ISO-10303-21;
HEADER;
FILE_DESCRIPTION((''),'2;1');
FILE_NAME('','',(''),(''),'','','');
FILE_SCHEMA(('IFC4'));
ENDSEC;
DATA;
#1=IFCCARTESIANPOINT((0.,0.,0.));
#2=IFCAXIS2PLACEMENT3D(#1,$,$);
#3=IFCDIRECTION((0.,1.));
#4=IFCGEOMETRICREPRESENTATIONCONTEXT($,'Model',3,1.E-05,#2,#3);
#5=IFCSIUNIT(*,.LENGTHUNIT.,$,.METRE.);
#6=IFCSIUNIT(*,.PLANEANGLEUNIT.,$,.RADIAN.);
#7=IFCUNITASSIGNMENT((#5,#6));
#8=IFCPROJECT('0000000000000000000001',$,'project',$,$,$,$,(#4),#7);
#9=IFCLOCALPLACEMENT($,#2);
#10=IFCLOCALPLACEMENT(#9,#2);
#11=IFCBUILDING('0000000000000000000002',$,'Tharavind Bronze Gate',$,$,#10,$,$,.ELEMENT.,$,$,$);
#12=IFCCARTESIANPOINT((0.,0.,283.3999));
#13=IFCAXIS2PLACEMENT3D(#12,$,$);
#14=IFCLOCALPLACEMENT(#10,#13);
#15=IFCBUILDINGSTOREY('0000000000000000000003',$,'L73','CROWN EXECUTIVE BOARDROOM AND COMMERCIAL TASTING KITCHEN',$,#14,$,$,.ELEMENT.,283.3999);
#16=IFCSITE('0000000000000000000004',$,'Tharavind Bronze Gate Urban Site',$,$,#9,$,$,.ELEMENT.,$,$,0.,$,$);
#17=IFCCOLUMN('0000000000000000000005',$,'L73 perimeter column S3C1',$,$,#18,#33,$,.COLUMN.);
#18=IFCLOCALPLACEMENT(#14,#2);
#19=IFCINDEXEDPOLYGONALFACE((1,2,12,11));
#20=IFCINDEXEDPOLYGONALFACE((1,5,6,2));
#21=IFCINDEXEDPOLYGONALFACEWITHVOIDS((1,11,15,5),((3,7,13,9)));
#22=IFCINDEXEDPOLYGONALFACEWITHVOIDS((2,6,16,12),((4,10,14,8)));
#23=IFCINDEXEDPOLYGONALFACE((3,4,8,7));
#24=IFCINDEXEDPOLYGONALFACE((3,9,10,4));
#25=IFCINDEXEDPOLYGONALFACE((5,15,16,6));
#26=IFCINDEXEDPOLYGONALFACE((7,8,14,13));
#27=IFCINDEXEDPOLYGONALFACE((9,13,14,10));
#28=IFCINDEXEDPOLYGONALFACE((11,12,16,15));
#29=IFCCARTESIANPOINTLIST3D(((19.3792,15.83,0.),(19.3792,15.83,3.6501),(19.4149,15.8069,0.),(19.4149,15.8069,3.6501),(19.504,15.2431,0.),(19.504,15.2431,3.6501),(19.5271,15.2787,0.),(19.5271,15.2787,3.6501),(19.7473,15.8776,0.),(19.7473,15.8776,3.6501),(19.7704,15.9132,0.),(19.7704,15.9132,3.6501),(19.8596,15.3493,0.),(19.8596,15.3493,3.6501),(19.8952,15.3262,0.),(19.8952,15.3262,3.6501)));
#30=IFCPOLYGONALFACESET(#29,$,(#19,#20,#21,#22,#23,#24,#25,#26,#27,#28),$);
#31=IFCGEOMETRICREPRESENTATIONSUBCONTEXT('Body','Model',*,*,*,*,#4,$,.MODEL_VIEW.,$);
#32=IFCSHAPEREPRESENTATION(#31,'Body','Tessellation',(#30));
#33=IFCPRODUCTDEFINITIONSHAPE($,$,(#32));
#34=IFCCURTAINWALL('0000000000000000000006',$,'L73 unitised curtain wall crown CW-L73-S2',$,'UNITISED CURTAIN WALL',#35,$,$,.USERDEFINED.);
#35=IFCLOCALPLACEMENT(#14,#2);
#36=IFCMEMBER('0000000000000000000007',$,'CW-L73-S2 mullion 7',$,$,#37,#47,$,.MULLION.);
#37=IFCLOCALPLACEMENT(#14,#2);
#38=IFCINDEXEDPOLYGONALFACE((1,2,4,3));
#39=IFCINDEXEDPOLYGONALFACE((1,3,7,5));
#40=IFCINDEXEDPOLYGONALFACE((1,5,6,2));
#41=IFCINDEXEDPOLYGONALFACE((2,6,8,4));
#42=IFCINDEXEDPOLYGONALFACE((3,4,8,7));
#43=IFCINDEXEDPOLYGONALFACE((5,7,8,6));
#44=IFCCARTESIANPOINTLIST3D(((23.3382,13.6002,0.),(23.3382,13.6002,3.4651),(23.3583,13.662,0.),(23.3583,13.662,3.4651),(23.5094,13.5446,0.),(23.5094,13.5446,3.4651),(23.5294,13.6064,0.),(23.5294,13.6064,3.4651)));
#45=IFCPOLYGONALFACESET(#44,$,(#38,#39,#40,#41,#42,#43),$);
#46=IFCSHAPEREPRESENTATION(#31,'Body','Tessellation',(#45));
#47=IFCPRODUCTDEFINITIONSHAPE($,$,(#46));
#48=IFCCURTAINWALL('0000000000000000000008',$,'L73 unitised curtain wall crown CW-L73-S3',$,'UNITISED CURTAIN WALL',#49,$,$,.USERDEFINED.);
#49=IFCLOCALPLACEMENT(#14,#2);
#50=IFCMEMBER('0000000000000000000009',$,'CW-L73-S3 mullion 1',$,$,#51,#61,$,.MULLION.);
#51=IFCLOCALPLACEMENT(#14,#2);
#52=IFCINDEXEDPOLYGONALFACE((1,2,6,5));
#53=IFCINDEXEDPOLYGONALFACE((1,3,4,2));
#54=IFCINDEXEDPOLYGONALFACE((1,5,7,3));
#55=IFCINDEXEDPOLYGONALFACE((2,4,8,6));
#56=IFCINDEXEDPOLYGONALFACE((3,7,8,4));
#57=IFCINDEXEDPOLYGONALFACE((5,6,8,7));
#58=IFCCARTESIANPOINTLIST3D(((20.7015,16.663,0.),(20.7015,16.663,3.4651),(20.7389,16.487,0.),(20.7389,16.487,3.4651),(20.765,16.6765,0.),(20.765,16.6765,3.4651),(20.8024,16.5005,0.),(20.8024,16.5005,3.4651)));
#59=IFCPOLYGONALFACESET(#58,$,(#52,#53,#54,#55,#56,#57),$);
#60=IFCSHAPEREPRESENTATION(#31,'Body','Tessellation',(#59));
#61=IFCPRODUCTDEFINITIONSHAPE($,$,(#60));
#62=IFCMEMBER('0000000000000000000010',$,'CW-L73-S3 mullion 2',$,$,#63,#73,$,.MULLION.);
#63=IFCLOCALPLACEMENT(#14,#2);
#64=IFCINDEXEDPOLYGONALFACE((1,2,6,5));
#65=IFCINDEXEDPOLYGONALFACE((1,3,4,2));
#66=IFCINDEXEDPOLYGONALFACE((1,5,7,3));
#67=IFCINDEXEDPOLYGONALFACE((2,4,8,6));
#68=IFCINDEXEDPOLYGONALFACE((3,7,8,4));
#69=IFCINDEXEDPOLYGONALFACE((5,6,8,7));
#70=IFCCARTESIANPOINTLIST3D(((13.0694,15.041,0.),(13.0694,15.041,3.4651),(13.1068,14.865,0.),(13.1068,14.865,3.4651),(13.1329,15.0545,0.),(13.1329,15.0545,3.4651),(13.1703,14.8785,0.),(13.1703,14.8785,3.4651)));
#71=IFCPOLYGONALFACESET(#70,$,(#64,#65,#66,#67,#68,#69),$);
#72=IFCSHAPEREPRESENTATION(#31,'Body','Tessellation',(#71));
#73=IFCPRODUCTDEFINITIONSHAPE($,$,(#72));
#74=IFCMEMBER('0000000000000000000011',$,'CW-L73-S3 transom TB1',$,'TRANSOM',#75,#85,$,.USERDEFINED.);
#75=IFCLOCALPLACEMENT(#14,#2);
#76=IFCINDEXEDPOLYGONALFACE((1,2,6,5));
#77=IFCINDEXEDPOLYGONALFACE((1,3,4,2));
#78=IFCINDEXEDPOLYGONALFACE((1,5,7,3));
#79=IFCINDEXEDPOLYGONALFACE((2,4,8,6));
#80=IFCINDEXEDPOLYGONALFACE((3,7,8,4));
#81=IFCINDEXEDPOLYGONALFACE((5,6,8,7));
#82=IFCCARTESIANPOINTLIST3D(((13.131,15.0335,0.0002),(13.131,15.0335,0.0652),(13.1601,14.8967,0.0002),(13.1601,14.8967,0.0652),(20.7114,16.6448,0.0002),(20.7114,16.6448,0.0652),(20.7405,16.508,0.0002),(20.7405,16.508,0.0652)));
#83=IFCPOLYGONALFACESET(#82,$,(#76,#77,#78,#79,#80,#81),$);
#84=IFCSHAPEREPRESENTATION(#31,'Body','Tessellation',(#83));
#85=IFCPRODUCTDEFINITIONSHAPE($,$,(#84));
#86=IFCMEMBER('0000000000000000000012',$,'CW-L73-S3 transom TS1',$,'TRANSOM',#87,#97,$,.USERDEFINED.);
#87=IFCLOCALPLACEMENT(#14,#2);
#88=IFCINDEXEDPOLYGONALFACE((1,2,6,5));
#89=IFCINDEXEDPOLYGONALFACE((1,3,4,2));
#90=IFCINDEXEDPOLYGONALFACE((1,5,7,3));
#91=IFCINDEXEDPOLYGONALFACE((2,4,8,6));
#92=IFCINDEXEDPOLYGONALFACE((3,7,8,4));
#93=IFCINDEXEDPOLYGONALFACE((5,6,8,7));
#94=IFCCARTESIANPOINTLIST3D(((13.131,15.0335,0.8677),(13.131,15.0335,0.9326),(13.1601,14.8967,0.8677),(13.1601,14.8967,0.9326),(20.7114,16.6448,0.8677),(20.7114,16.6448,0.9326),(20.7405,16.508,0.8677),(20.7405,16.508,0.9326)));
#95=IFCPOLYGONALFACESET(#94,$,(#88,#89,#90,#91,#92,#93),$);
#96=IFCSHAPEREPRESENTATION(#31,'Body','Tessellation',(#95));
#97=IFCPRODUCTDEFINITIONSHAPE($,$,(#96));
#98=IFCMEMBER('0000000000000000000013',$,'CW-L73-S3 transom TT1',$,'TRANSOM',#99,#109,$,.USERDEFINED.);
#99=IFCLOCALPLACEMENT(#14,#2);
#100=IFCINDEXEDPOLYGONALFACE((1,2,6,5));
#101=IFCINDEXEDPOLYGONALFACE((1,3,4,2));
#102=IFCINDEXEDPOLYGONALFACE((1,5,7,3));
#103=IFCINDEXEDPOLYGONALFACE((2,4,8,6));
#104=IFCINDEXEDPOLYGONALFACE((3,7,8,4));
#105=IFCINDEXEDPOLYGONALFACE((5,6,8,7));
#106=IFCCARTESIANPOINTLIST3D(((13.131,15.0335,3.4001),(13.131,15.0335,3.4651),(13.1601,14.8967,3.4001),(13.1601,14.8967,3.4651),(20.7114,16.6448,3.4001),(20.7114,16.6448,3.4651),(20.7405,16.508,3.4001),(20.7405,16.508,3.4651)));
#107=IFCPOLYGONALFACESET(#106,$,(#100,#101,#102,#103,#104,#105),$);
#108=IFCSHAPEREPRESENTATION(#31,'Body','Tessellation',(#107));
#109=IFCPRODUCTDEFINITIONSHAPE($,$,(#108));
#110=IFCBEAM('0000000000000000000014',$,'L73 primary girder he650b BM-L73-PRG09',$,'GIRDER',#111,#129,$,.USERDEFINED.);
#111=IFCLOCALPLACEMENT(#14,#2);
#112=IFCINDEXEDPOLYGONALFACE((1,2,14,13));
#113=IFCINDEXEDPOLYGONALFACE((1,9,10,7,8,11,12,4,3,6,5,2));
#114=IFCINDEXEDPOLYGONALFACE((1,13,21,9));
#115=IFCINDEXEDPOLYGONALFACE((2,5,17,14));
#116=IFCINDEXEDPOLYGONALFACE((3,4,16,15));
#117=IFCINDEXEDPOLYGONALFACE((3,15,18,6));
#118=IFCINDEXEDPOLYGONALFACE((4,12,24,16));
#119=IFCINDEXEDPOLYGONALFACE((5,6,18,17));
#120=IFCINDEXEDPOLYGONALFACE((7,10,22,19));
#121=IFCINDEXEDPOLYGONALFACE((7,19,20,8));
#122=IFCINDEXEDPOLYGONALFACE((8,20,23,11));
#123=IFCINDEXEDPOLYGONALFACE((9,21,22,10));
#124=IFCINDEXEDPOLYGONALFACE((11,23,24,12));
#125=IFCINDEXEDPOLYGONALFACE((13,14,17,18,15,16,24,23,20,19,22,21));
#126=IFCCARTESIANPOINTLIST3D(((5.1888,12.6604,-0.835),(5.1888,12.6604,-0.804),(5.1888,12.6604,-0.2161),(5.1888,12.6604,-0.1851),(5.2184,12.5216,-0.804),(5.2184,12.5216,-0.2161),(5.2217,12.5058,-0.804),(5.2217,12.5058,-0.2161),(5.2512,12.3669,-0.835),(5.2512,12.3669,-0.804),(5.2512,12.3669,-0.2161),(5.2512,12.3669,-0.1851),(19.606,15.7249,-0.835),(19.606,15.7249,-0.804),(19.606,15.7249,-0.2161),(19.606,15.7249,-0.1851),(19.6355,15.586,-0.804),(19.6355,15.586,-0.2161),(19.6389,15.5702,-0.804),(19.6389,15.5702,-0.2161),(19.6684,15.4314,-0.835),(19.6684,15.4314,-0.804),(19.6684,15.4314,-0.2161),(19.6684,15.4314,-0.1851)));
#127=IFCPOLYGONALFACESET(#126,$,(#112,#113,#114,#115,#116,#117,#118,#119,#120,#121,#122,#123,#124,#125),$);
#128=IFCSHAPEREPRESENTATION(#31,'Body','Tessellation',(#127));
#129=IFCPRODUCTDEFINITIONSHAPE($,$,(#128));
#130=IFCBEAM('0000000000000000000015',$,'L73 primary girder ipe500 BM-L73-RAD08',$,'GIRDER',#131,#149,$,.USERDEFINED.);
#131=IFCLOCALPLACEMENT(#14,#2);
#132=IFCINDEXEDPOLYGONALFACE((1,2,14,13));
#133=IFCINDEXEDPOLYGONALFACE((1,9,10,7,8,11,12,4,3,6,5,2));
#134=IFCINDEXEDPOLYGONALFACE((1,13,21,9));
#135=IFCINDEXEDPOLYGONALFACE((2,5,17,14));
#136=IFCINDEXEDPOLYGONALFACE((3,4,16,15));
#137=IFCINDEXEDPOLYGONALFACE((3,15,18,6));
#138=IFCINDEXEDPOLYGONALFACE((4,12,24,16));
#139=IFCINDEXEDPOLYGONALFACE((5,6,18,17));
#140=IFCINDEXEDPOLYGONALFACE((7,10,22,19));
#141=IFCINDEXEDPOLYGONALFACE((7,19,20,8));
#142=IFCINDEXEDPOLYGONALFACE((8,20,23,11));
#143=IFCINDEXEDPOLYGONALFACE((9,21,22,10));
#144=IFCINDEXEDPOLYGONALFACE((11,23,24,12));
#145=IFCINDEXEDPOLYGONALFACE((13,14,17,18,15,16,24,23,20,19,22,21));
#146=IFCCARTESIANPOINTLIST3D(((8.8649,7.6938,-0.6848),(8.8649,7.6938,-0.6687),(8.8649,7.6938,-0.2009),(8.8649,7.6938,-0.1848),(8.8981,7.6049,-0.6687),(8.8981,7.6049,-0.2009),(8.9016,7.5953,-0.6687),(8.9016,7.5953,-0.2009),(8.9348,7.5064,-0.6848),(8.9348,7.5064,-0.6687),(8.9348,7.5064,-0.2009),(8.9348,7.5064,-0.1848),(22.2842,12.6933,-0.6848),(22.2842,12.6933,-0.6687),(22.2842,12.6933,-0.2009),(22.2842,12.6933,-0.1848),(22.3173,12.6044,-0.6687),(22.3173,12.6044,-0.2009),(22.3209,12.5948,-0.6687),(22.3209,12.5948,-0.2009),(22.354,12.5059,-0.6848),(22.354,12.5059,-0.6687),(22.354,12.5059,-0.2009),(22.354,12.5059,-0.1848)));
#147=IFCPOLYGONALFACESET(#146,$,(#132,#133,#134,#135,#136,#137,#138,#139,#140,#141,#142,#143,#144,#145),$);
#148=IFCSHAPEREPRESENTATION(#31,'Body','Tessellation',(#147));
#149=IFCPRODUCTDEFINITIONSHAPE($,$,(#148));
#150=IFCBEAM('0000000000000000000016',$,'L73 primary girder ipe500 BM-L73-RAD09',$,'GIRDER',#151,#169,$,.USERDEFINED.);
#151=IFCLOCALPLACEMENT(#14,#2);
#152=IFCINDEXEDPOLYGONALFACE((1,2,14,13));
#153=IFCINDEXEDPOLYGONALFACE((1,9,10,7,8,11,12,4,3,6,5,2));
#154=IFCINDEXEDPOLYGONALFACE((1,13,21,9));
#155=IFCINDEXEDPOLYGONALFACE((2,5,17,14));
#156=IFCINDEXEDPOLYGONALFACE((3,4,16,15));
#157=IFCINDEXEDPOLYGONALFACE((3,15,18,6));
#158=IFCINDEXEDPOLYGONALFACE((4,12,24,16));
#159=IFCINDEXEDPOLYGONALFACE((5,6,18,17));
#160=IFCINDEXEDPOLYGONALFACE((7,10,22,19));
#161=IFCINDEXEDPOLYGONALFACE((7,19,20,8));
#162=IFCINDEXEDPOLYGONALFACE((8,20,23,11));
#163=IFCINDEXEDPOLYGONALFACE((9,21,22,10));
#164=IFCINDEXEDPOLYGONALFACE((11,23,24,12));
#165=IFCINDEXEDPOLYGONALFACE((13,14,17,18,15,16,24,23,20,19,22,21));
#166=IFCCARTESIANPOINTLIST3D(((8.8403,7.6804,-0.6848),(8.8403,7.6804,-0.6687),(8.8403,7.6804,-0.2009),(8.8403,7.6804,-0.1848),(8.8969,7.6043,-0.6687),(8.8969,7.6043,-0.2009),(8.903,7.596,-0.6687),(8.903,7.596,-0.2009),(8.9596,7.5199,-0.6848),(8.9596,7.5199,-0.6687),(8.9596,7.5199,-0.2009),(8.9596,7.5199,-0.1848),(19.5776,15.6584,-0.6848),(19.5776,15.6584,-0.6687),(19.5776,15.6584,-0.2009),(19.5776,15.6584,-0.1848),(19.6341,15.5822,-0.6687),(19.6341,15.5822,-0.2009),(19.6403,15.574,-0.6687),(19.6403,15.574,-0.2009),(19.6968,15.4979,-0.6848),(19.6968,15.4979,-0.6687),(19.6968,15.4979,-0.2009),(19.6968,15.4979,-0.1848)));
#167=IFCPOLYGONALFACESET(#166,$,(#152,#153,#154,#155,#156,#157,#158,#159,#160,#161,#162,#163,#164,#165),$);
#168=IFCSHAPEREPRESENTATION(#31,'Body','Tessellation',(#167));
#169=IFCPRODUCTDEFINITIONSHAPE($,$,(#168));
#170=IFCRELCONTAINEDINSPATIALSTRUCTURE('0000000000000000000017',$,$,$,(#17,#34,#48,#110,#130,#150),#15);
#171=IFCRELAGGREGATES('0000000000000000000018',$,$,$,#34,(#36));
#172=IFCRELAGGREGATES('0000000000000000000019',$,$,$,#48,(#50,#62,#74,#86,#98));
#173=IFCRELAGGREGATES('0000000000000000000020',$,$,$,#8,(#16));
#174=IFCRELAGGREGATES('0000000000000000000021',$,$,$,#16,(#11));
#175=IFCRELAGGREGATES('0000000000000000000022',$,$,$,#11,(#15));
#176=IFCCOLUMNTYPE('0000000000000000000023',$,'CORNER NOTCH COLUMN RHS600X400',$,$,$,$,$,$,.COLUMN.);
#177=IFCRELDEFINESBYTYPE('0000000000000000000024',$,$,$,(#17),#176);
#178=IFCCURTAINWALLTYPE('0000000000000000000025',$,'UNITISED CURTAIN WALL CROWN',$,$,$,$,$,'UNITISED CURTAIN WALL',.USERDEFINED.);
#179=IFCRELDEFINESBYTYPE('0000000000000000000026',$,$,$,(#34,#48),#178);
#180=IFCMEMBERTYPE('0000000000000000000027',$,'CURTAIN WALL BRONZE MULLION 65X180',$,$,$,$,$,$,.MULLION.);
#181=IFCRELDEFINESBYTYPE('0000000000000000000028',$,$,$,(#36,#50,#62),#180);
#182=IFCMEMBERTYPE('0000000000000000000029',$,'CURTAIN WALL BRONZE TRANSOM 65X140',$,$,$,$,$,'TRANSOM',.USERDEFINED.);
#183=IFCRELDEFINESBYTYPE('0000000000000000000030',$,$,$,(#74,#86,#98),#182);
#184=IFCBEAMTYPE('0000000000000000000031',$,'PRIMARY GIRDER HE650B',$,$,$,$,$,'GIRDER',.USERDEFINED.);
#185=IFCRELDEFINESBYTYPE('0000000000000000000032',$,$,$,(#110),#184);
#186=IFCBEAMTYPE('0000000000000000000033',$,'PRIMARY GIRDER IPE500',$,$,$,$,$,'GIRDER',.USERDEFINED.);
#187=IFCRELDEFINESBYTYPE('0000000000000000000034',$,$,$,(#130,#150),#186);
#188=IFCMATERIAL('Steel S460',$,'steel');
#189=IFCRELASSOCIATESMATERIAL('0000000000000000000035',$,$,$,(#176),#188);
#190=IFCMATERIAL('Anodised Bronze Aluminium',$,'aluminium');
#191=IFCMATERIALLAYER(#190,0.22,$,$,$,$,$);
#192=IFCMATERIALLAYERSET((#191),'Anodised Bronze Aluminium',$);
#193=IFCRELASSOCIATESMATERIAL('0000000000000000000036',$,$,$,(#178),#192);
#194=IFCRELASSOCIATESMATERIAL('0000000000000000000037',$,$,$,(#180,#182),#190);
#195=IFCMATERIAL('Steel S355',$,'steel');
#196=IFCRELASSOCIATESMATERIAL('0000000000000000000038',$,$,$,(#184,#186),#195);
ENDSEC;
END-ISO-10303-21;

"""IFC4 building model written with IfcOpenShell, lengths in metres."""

from ifc_helpers import new_model, si_unit, direction, frame, origin, origin_2d, place, context, subcontext, project, spatial, rectangle, hollow_rectangle, i_section, extrude, material, layer, layer_set, material_profile, profile_set, type_object, element, aggregate, save


model = new_model("IFC4")

# Units and contexts
model_context = context("Model", 3, precision=1e-05, world=origin(), true_north=direction((0.0, 1.0)))
body_context = subcontext(model_context, "Body", "Model", "MODEL_VIEW")
ifc_project = project(units=[si_unit("LENGTHUNIT", "METRE"), si_unit("PLANEANGLEUNIT", "RADIAN")], contexts=[model_context])

# Site, building, storey
site_placement = place(None, origin())
site = spatial("IfcSite", under=ifc_project, at=site_placement, Name="Tharavind Bronze Gate Urban Site", CompositionType="ELEMENT", RefElevation=0.0)
building_placement = place(site_placement, origin())
building = spatial("IfcBuilding", under=site, at=building_placement, Name="Tharavind Bronze Gate", CompositionType="ELEMENT")
storey_placement = place(building_placement, frame((0.0, 0.0, 283.3999)))
storey = spatial("IfcBuildingStorey", under=building, at=storey_placement, Name="L73", Description="CROWN EXECUTIVE BOARDROOM AND COMMERCIAL TASTING KITCHEN", CompositionType="ELEMENT", Elevation=283.3999)

# Column
ifc_material_1 = material(Name="Steel S460", Category="steel")
ifc_material_profile_1 = material_profile(ifc_material_1, hollow_rectangle(XDim=0.3999, YDim=0.6001, WallThickness=0.03, at=origin_2d()), Name="RHS600X400X30")
ifc_profile_set_1 = profile_set([ifc_material_profile_1], Name="Steel S460")
column_type = type_object("IfcColumnType", Name="CORNER NOTCH COLUMN RHS600X400", PredefinedType="COLUMN", material=ifc_profile_set_1)
column_placement = place(storey_placement, frame((19.6372, 15.5781, 0.0), z_axis=(0.0, 0.0, 1.0), x_axis=(0.978147, 0.207913, 0.0)))
element("IfcColumn", 1, at=column_placement, inside=storey, type_object=column_type, Name="L73 perimeter column S3C1", PredefinedType="COLUMN", context=body_context, shape_type="SweptSolid", body=[
    extrude(hollow_rectangle(XDim=0.3999, YDim=0.6001, WallThickness=0.03, at=origin_2d()), origin(), (0.0, 0.0, 1.0), 3.6501),
])

# Curtain wall, member
ifc_material_2 = material(Name="Anodised Bronze Aluminium", Category="aluminium")
ifc_layer_1 = layer(ifc_material_2, 0.22)
ifc_layer_set_1 = layer_set([ifc_layer_1], Name="Anodised Bronze Aluminium")
curtain_wall_type = type_object("IfcCurtainWallType", Name="UNITISED CURTAIN WALL CROWN", ElementType="UNITISED CURTAIN WALL", PredefinedType="USERDEFINED", material=ifc_layer_set_1)
curtain_wall_1_placement = place(storey_placement, origin())
curtain_wall_1 = element("IfcCurtainWall", 2, at=curtain_wall_1_placement, inside=storey, type_object=curtain_wall_type, Name="L73 unitised curtain wall crown CW-L73-S2", ObjectType="UNITISED CURTAIN WALL", PredefinedType="USERDEFINED")
member_type_1 = type_object("IfcMemberType", Name="CURTAIN WALL BRONZE MULLION 65X180", PredefinedType="MULLION", material=ifc_material_2)
member_1_placement = place(storey_placement, frame((23.4338, 13.6033, 0.0), z_axis=(0.0, 0.0, 1.0), x_axis=(0.309017, 0.951057, 0.0)))
member_1 = element("IfcMember", 3, at=member_1_placement, type_object=member_type_1, Name="CW-L73-S2 mullion 7", PredefinedType="MULLION", context=body_context, shape_type="SweptSolid", body=[
    extrude(rectangle(XDim=0.0649, YDim=0.1799, at=origin_2d()), origin(), (0.0, 0.0, 1.0), 3.4651),
])
aggregate(curtain_wall_1, [member_1])

# Curtain wall, members
curtain_wall_2_placement = place(storey_placement, origin())
curtain_wall_2 = element("IfcCurtainWall", 4, at=curtain_wall_2_placement, inside=storey, type_object=curtain_wall_type, Name="L73 unitised curtain wall crown CW-L73-S3", ObjectType="UNITISED CURTAIN WALL", PredefinedType="USERDEFINED")
member_2_placement = place(storey_placement, frame((20.752, 16.5818, 0.0), z_axis=(0.0, 0.0, 1.0), x_axis=(-0.978147, -0.207913, 0.0)))
member_2 = element("IfcMember", 5, at=member_2_placement, type_object=member_type_1, Name="CW-L73-S3 mullion 1", PredefinedType="MULLION", context=body_context, shape_type="SweptSolid", body=[
    extrude(rectangle(XDim=0.0649, YDim=0.1799, at=origin_2d()), origin(), (0.0, 0.0, 1.0), 3.4651),
])
member_3_placement = place(storey_placement, frame((13.1199, 14.9597, 0.0), z_axis=(0.0, 0.0, 1.0), x_axis=(-0.978147, -0.207913, 0.0)))
member_3 = element("IfcMember", 6, at=member_3_placement, type_object=member_type_1, Name="CW-L73-S3 mullion 2", PredefinedType="MULLION", context=body_context, shape_type="SweptSolid", body=[
    extrude(rectangle(XDim=0.0649, YDim=0.1799, at=origin_2d()), origin(), (0.0, 0.0, 1.0), 3.4651),
])
member_type_2 = type_object("IfcMemberType", Name="CURTAIN WALL BRONZE TRANSOM 65X140", ElementType="TRANSOM", PredefinedType="USERDEFINED", material=ifc_material_2)
member_4_placement = place(storey_placement, frame((16.9358, 15.7708, 0.0002), z_axis=(0.0, 0.0, 1.0), x_axis=(-0.978147, -0.207913, 0.0)))
member_4 = element("IfcMember", 7, at=member_4_placement, type_object=member_type_2, Name="CW-L73-S3 transom TB1", ObjectType="TRANSOM", PredefinedType="USERDEFINED", context=body_context, shape_type="SweptSolid", body=[
    extrude(rectangle(XDim=7.7498, YDim=0.1399, at=origin_2d()), origin(), (0.0, 0.0, 1.0), 0.0649),
])
member_5_placement = place(storey_placement, frame((16.9358, 15.7708, 0.8677), z_axis=(0.0, 0.0, 1.0), x_axis=(-0.978147, -0.207913, 0.0)))
member_5 = element("IfcMember", 8, at=member_5_placement, type_object=member_type_2, Name="CW-L73-S3 transom TS1", ObjectType="TRANSOM", PredefinedType="USERDEFINED", context=body_context, shape_type="SweptSolid", body=[
    extrude(rectangle(XDim=7.7498, YDim=0.1399, at=origin_2d()), origin(), (0.0, 0.0, 1.0), 0.0649),
])
member_6_placement = place(storey_placement, frame((16.9358, 15.7708, 3.4001), z_axis=(0.0, 0.0, 1.0), x_axis=(-0.978147, -0.207913, 0.0)))
member_6 = element("IfcMember", 9, at=member_6_placement, type_object=member_type_2, Name="CW-L73-S3 transom TT1", ObjectType="TRANSOM", PredefinedType="USERDEFINED", context=body_context, shape_type="SweptSolid", body=[
    extrude(rectangle(XDim=7.7498, YDim=0.1399, at=origin_2d()), origin(), (0.0, 0.0, 1.0), 0.0649),
])

# Beams
ifc_material_3 = material(Name="Steel S355", Category="steel")
ifc_material_profile_2 = material_profile(ifc_material_3, i_section(OverallWidth=0.3, OverallDepth=0.6499, WebThickness=0.0161, FlangeThickness=0.031, at=origin_2d()), Name="HE650B")
ifc_profile_set_2 = profile_set([ifc_material_profile_2], Name="Steel S355")
beam_type_1 = type_object("IfcBeamType", Name="PRIMARY GIRDER HE650B", ElementType="GIRDER", PredefinedType="USERDEFINED", material=ifc_profile_set_2)
beam_1_placement = place(storey_placement, frame((19.6372, 15.5781, -0.51), z_axis=(-0.978148, -0.20791, 0.0), x_axis=(0.20791, -0.978148, 0.0)))
element("IfcBeam", 10, at=beam_1_placement, inside=storey, type_object=beam_type_1, Name="L73 primary girder he650b BM-L73-PRG09", ObjectType="GIRDER", PredefinedType="USERDEFINED", context=body_context, shape_type="SweptSolid", body=[
    extrude(i_section(OverallWidth=0.3, OverallDepth=0.6499, WebThickness=0.0161, FlangeThickness=0.031, at=origin_2d()), origin(), (0.0, 0.0, 1.0), 14.7393),
])
ifc_material_profile_3 = material_profile(ifc_material_3, i_section(OverallWidth=0.2, OverallDepth=0.5, WebThickness=0.0103, FlangeThickness=0.0161, at=origin_2d()), Name="IPE500")
ifc_profile_set_3 = profile_set([ifc_material_profile_3], Name="Steel S355")
beam_type_2 = type_object("IfcBeamType", Name="PRIMARY GIRDER IPE500", ElementType="GIRDER", PredefinedType="USERDEFINED", material=ifc_profile_set_3)
beam_2_placement = place(storey_placement, frame((22.3191, 12.5996, -0.4348), z_axis=(-0.937077, -0.349122, 0.0), x_axis=(0.349122, -0.937077, 0.0)))
element("IfcBeam", 11, at=beam_2_placement, inside=storey, type_object=beam_type_2, Name="L73 primary girder ipe500 BM-L73-RAD08", ObjectType="GIRDER", PredefinedType="USERDEFINED", context=body_context, shape_type="SweptSolid", body=[
    extrude(i_section(OverallWidth=0.2, OverallDepth=0.5, WebThickness=0.0103, FlangeThickness=0.0161, at=origin_2d()), origin(), (0.0, 0.0, 1.0), 14.3203),
])
beam_3_placement = place(storey_placement, frame((19.6372, 15.5781, -0.4348), z_axis=(-0.802681, -0.596408, 0.0), x_axis=(0.596408, -0.802681, 0.0)))
element("IfcBeam", 12, at=beam_3_placement, inside=storey, type_object=beam_type_2, Name="L73 primary girder ipe500 BM-L73-RAD09", ObjectType="GIRDER", PredefinedType="USERDEFINED", context=body_context, shape_type="SweptSolid", body=[
    extrude(i_section(OverallWidth=0.2, OverallDepth=0.5, WebThickness=0.0103, FlangeThickness=0.0161, at=origin_2d()), origin(), (0.0, 0.0, 1.0), 13.3767),
])

aggregate(curtain_wall_2, [member_2, member_3, member_4, member_5, member_6])

save(model, "model.ifc")
